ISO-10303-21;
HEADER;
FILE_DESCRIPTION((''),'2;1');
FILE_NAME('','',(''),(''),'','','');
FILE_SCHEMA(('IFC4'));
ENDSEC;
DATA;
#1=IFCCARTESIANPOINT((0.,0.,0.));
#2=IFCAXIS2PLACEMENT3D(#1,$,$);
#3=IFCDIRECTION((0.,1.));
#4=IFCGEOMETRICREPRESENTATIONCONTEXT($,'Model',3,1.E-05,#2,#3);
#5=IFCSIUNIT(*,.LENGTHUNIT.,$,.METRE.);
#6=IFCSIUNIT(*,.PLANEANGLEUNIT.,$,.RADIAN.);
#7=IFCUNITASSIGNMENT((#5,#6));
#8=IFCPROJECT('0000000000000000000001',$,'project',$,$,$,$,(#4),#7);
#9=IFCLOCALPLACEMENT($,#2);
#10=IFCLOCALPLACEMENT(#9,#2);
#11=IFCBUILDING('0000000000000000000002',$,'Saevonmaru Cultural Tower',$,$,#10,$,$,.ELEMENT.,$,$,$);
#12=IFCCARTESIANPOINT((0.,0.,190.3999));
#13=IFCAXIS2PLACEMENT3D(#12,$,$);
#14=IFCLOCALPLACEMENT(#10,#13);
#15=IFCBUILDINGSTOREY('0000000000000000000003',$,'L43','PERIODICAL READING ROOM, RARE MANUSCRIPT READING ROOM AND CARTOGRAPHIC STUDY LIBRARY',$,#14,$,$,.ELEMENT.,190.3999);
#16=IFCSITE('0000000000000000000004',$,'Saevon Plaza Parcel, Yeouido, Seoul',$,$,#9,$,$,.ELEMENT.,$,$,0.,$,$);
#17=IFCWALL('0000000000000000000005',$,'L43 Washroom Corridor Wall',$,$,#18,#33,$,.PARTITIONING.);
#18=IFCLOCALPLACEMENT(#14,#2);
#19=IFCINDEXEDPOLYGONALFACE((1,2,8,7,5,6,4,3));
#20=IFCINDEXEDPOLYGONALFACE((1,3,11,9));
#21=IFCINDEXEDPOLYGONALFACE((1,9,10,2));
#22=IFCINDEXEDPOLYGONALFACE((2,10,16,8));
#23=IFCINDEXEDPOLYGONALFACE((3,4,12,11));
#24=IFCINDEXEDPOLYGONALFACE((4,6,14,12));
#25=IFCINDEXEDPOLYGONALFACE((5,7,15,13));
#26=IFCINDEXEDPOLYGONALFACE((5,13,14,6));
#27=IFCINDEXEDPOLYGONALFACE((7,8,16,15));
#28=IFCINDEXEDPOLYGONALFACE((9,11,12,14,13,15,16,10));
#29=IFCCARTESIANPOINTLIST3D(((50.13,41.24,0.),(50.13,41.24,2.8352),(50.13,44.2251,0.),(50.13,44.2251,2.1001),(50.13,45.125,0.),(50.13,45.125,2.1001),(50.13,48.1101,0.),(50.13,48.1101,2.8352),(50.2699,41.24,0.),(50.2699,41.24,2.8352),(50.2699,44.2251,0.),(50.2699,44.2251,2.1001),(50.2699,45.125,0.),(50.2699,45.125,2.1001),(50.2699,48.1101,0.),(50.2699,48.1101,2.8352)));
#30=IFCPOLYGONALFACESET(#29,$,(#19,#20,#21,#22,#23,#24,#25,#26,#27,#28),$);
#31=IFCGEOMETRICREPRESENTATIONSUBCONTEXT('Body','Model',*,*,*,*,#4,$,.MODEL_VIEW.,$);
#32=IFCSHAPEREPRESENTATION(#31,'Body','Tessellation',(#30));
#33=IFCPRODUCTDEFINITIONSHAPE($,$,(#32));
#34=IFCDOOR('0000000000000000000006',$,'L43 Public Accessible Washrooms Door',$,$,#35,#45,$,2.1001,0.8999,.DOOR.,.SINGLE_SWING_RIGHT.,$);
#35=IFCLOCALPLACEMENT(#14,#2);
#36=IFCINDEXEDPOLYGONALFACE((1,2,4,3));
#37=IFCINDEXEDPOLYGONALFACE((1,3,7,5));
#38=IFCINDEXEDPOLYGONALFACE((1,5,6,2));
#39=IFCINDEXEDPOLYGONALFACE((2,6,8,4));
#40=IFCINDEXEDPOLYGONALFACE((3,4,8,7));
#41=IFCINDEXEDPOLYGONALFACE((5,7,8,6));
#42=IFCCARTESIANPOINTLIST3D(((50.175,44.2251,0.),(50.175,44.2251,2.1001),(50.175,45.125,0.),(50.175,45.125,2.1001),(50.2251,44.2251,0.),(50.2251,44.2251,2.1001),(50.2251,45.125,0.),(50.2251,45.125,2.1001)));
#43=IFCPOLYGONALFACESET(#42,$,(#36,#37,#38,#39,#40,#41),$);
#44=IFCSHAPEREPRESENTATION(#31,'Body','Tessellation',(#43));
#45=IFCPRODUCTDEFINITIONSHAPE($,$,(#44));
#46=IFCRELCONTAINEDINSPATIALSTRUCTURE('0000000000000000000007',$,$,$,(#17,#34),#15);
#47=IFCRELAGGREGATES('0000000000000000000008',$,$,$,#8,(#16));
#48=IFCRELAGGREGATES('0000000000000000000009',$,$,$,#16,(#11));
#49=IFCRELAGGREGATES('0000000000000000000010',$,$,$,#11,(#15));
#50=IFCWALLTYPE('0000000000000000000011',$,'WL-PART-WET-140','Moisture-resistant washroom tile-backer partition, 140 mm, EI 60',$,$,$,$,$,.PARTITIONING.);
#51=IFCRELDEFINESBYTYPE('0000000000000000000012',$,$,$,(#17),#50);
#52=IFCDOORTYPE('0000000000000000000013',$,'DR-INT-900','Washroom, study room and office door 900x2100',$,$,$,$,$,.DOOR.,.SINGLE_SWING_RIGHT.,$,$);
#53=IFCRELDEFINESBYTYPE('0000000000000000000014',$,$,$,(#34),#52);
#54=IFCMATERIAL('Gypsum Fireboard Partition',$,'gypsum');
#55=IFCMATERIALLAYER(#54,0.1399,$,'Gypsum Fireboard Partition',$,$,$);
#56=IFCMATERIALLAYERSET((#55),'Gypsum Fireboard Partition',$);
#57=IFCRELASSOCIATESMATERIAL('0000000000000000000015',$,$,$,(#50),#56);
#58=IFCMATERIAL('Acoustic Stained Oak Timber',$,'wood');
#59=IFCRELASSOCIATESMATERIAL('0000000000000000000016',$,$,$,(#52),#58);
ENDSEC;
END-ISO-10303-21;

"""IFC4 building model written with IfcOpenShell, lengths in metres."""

from ifc_helpers import new_model, si_unit, direction, frame, frame_2d, origin, place, context, subcontext, project, spatial, rectangle, extrude, material, layer, layer_set, type_object, element, fill, save


model = new_model("IFC4")

# Units and contexts
model_context = context("Model", 3, precision=1e-05, world=origin(), true_north=direction((0.0, 1.0)))
body_context = subcontext(model_context, "Body", "Model", "MODEL_VIEW")
ifc_project = project(units=[si_unit("LENGTHUNIT", "METRE"), si_unit("PLANEANGLEUNIT", "RADIAN")], contexts=[model_context])

# Site, building, storey
site_placement = place(None, origin())
site = spatial("IfcSite", under=ifc_project, at=site_placement, Name="Saevon Plaza Parcel, Yeouido, Seoul", CompositionType="ELEMENT", RefElevation=0.0)
building_placement = place(site_placement, origin())
building = spatial("IfcBuilding", under=site, at=building_placement, Name="Saevonmaru Cultural Tower", CompositionType="ELEMENT")
storey_placement = place(building_placement, frame((0.0, 0.0, 190.3999)))
storey = spatial("IfcBuildingStorey", under=building, at=storey_placement, Name="L43", Description="PERIODICAL READING ROOM, RARE MANUSCRIPT READING ROOM AND CARTOGRAPHIC STUDY LIBRARY", CompositionType="ELEMENT", Elevation=190.3999)

# Shared definitions
ifc_material_1 = material(Name="Gypsum Fireboard Partition", Category="gypsum")

# Shared definitions
ifc_layer_1 = layer(ifc_material_1, 0.1399, Name="Gypsum Fireboard Partition")
ifc_layer_set_1 = layer_set([ifc_layer_1], Name="Gypsum Fireboard Partition")
wall_type_1 = type_object("IfcWallType", Name="WL-PART-WET-140", Description="Moisture-resistant washroom tile-backer partition, 140 mm, EI 60", PredefinedType="PARTITIONING", material=ifc_layer_set_1)

# Wall, opening, door
wall_1_placement = place(storey_placement, frame((50.2, 41.24, 0.0), z_axis=(0.0, 0.0, 1.0), x_axis=(0.0, 1.0, 0.0)))
wall_1 = element("IfcWall", 1, at=wall_1_placement, inside=storey, type_object=wall_type_1, Name="L43 Washroom Corridor Wall", PredefinedType="PARTITIONING", context=body_context, shape_type="SweptSolid", body=[
    extrude(rectangle(XDim=6.8701, YDim=0.1399, at=frame_2d((3.4351, 0.0))), origin(), (0.0, 0.0, 1.0), 2.8352),
])
opening_1_placement = place(wall_1_placement, frame((2.9851, 0.0, 0.0)))
opening_1 = element("IfcOpeningElement", 2, at=opening_1_placement, cuts=wall_1, PredefinedType="OPENING", context=body_context, shape_type="SweptSolid", body=[
    extrude(rectangle(XDim=0.8999, YDim=2.1001, at=frame_2d((0.45, 1.05))), frame((0.0, 0.0801, 0.0), z_axis=(0.0, -1.0, 0.0), x_axis=(1.0, 0.0, 0.0)), (0.0, 0.0, 1.0), 0.1599),
])
ifc_material_2 = material(Name="Acoustic Stained Oak Timber", Category="wood")
door_type_1 = type_object("IfcDoorType", Name="DR-INT-900", Description="Washroom, study room and office door 900x2100", OperationType="SINGLE_SWING_RIGHT", PredefinedType="DOOR", material=ifc_material_2)
door_1_placement = place(opening_1_placement, origin())
door_1 = element("IfcDoor", 3, at=door_1_placement, inside=storey, type_object=door_type_1, Name="L43 Public Accessible Washrooms Door", OperationType="SINGLE_SWING_RIGHT", OverallHeight=2.1001, OverallWidth=0.8999, PredefinedType="DOOR", context=body_context, shape_type="SweptSolid", body=[
    extrude(rectangle(XDim=0.8999, YDim=2.1001, at=frame_2d((0.45, 1.05))), frame((0.0, 0.0249, 0.0), z_axis=(0.0, -1.0, 0.0), x_axis=(1.0, 0.0, 0.0)), (0.0, 0.0, 1.0), 0.05),
])
fill(opening_1, door_1)

save(model, "model.ifc")
